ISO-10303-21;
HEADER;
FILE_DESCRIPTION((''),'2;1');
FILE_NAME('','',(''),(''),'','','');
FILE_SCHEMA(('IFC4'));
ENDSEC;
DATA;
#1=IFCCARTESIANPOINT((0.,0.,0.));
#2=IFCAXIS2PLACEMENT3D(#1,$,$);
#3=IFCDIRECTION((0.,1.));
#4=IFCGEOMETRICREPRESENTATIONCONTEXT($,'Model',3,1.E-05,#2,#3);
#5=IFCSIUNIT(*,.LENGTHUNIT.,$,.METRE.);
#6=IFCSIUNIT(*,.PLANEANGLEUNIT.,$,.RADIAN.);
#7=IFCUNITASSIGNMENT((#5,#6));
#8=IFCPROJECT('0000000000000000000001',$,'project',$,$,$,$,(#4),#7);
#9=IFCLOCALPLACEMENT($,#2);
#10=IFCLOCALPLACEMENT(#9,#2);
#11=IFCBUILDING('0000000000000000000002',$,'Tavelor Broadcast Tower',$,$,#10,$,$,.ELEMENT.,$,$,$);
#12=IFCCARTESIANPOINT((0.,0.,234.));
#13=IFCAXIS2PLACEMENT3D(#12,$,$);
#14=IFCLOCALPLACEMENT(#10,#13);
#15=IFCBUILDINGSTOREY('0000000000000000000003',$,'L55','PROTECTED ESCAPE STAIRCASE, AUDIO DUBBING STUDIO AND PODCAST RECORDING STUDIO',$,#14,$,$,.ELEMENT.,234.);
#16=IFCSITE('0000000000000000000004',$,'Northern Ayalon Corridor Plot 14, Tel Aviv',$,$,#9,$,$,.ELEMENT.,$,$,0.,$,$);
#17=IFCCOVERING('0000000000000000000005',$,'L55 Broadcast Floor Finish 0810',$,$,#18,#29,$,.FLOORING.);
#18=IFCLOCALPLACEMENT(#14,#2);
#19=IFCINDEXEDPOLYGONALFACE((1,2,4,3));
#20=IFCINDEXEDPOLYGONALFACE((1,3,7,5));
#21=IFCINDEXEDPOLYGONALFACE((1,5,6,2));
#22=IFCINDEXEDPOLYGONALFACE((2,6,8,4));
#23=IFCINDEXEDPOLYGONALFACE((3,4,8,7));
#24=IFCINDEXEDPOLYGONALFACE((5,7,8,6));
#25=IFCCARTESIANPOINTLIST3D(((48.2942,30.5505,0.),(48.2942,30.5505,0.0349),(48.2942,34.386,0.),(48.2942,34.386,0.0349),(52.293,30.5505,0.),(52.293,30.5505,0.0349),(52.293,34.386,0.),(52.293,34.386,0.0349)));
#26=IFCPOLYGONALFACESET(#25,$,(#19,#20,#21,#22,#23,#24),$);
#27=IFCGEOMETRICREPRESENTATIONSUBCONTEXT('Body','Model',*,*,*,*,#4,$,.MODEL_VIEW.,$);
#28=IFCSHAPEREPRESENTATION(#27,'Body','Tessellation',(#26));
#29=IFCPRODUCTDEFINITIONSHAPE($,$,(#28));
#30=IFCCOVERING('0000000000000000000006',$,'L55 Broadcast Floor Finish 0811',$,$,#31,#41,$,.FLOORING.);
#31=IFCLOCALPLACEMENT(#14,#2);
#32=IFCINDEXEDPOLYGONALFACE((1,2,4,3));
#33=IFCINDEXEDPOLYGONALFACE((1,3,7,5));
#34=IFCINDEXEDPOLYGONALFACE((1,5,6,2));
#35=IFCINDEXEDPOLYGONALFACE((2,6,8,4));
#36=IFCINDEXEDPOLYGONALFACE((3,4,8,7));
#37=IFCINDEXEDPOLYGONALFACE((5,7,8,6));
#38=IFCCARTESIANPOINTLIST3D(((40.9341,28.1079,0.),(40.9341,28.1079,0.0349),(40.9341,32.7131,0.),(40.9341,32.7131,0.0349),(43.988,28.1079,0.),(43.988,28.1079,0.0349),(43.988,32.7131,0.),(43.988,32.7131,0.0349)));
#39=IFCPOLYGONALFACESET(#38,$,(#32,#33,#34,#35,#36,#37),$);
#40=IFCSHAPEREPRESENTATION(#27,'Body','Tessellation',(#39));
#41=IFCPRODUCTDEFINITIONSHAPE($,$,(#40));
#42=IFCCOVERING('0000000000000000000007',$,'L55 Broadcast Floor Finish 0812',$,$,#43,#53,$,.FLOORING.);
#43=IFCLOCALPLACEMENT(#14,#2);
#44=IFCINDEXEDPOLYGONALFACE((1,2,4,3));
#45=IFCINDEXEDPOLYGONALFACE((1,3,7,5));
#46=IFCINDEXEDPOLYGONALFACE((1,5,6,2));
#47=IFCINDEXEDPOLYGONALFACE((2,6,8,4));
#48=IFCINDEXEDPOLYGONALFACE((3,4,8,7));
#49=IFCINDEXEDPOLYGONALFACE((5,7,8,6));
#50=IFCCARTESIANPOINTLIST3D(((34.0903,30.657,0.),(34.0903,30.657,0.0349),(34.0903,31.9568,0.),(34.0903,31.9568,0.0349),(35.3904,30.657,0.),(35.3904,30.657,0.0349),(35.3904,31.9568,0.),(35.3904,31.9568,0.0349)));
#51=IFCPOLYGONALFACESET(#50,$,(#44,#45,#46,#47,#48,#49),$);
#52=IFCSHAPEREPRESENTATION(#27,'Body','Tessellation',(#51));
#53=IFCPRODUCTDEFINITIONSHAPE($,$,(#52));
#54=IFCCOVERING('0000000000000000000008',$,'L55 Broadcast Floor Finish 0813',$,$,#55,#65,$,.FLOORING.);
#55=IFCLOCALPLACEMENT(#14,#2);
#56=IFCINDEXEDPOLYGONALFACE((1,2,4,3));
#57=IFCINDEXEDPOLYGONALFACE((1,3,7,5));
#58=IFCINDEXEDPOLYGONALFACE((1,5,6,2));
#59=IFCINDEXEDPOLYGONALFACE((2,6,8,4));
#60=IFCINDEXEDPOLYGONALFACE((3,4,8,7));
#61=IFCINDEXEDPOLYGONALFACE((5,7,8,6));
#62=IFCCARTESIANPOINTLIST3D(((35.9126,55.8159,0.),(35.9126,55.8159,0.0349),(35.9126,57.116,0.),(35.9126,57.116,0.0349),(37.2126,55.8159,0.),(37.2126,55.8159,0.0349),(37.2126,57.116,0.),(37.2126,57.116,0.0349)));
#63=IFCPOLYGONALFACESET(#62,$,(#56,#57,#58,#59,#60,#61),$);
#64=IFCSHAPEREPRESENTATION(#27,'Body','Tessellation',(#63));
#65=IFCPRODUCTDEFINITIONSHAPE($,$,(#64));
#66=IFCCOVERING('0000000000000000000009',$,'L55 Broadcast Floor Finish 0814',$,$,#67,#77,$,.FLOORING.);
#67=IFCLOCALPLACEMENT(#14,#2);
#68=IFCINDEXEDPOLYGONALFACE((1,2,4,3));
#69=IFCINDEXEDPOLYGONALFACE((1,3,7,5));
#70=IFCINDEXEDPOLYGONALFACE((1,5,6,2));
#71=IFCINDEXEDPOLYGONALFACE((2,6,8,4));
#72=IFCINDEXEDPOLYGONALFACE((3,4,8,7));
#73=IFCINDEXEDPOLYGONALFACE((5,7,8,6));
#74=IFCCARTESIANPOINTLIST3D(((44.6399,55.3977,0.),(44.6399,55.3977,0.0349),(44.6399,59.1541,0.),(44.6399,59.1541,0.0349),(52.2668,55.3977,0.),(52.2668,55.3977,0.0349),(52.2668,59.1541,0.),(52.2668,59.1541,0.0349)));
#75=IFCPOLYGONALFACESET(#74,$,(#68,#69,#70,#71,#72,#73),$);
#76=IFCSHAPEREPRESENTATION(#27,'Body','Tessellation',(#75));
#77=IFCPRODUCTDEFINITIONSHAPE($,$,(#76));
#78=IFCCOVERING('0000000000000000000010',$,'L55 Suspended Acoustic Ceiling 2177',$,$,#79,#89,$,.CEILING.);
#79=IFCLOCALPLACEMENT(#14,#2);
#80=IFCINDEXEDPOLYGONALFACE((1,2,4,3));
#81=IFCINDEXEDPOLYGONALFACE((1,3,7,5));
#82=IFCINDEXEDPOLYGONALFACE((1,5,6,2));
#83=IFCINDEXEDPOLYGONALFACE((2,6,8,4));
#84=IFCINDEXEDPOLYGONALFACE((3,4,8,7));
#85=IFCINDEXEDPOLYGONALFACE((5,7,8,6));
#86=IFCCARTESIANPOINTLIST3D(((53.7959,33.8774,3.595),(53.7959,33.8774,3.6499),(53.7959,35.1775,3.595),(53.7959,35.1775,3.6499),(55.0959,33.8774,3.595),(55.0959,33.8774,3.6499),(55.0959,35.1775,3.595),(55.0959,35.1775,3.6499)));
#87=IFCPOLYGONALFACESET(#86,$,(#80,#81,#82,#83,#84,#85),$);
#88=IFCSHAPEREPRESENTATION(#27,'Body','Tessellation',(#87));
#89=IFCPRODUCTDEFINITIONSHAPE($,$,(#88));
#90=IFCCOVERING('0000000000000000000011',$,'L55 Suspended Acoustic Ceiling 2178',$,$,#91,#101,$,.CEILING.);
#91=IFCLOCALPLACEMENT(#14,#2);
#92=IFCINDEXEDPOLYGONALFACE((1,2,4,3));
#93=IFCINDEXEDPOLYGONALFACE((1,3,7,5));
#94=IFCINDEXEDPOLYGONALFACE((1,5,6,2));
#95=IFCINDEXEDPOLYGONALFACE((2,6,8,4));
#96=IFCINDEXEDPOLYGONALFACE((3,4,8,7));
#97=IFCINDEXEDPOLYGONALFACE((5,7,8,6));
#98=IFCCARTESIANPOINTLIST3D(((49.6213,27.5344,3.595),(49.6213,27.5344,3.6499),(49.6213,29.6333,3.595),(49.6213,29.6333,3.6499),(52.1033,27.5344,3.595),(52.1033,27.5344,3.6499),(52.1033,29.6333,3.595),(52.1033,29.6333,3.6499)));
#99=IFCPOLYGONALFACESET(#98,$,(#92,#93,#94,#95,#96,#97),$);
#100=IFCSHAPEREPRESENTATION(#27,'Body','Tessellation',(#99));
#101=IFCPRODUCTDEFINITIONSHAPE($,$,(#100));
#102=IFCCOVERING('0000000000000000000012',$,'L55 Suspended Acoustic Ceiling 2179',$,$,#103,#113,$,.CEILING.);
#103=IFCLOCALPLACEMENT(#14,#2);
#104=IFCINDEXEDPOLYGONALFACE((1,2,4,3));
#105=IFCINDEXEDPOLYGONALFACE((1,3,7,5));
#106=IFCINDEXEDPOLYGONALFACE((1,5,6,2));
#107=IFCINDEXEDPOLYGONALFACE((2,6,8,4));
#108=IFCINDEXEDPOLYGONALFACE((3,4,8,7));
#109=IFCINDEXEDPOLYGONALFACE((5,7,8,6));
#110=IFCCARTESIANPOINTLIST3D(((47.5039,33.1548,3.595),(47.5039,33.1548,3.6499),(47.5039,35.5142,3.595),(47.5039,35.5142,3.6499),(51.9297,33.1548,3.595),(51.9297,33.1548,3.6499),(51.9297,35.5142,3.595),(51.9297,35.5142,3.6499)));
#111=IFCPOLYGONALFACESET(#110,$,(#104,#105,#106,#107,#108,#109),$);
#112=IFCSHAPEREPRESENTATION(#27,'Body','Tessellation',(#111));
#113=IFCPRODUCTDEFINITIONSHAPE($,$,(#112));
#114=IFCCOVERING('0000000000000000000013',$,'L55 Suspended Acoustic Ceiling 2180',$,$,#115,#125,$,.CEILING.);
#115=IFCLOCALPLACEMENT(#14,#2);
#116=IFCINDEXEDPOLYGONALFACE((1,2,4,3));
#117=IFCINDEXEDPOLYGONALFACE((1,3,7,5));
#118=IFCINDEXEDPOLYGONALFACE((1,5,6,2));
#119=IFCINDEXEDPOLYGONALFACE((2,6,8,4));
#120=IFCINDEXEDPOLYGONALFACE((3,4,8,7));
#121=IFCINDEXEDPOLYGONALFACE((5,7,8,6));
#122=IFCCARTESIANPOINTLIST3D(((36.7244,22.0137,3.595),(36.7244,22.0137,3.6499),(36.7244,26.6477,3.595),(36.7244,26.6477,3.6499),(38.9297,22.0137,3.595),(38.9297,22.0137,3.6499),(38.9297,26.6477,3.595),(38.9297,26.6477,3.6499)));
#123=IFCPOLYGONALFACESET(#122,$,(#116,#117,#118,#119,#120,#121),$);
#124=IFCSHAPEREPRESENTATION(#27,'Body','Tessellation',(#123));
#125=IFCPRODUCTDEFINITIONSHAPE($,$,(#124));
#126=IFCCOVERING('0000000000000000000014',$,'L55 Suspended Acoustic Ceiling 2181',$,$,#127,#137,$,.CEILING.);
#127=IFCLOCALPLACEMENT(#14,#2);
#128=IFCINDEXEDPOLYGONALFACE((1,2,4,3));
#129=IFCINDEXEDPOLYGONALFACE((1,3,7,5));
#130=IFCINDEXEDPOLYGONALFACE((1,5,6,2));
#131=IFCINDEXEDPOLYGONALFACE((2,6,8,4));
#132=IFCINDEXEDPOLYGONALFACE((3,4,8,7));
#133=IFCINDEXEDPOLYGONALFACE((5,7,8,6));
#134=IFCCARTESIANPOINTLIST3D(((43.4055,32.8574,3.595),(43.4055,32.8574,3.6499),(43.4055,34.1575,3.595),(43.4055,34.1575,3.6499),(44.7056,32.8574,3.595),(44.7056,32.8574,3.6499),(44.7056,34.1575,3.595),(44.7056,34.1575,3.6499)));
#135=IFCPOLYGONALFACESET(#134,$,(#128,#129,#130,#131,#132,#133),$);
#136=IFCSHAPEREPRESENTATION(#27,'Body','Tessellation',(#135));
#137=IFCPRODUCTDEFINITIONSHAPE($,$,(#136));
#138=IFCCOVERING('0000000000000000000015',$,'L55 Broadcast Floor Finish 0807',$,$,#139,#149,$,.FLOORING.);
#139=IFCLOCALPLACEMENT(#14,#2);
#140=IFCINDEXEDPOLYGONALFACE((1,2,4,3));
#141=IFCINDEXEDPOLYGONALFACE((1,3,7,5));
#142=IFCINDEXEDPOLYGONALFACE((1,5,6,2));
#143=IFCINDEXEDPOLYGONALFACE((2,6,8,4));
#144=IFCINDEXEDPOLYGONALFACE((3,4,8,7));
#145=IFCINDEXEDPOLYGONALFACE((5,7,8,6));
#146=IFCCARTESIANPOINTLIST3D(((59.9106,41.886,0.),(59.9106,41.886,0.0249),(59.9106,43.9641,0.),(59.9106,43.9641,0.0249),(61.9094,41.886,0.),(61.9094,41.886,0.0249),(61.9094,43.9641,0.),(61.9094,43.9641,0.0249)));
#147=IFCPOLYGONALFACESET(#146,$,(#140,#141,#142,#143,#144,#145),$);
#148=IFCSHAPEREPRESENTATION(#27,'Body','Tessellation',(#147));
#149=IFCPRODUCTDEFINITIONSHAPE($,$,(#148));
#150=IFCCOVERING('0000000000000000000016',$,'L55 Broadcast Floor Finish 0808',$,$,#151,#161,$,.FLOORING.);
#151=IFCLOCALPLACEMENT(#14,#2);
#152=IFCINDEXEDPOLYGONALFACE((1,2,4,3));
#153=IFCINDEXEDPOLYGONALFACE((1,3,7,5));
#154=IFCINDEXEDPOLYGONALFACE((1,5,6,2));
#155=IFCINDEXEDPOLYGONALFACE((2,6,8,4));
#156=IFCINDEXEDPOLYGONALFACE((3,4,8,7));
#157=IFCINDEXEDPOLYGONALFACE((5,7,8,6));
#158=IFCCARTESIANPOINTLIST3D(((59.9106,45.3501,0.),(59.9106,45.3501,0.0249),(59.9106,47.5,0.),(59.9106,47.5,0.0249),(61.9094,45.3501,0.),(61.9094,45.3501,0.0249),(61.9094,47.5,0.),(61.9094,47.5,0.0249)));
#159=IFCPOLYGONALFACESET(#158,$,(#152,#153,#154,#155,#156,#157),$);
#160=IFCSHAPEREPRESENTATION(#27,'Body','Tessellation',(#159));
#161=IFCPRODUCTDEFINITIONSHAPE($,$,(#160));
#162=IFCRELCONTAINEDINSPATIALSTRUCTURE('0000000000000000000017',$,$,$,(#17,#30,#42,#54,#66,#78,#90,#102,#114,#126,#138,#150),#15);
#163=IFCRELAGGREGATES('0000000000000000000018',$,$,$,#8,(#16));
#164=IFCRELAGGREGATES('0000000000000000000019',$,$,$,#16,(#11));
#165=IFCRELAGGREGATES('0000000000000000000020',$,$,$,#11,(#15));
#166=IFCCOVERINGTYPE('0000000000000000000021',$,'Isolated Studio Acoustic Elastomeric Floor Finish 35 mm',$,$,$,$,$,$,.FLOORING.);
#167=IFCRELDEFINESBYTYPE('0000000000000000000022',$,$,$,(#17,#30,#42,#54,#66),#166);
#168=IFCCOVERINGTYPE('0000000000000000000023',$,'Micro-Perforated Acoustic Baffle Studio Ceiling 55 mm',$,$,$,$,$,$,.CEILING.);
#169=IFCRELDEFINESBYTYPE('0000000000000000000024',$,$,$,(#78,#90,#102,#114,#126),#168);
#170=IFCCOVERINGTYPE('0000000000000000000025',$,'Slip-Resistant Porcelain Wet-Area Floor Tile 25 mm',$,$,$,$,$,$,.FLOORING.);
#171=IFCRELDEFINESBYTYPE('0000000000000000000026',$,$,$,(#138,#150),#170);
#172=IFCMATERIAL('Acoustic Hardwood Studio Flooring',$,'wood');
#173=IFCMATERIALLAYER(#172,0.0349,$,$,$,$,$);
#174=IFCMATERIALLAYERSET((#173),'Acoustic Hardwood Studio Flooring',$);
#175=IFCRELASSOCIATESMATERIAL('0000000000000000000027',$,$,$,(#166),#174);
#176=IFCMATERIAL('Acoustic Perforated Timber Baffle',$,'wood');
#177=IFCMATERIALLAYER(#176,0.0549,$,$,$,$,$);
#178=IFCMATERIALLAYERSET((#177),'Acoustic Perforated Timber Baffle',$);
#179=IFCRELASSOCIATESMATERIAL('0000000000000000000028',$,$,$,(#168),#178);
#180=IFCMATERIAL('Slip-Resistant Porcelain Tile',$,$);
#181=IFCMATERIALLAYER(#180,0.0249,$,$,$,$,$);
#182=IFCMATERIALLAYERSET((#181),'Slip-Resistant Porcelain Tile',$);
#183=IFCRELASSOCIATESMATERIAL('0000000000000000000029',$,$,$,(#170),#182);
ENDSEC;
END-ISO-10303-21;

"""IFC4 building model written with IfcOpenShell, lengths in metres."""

from ifc_helpers import new_model, si_unit, direction, frame, origin, place, context, subcontext, project, spatial, polyline, outline, extrude, material, layer, layer_set, type_object, element, save


model = new_model("IFC4")

# Units and contexts
model_context = context("Model", 3, precision=1e-05, world=origin(), true_north=direction((0.0, 1.0)))
body_context = subcontext(model_context, "Body", "Model", "MODEL_VIEW")
ifc_project = project(units=[si_unit("LENGTHUNIT", "METRE"), si_unit("PLANEANGLEUNIT", "RADIAN")], contexts=[model_context])

# Site, building, storey
site_placement = place(None, origin())
site = spatial("IfcSite", under=ifc_project, at=site_placement, Name="Northern Ayalon Corridor Plot 14, Tel Aviv", CompositionType="ELEMENT", RefElevation=0.0)
building_placement = place(site_placement, origin())
building = spatial("IfcBuilding", under=site, at=building_placement, Name="Tavelor Broadcast Tower", CompositionType="ELEMENT")
storey_placement = place(building_placement, frame((0.0, 0.0, 234.0)))
storey = spatial("IfcBuildingStorey", under=building, at=storey_placement, Name="L55", Description="PROTECTED ESCAPE STAIRCASE, AUDIO DUBBING STUDIO AND PODCAST RECORDING STUDIO", CompositionType="ELEMENT", Elevation=234.0)

# Coverings
ifc_material_1 = material(Name="Acoustic Hardwood Studio Flooring", Category="wood")
ifc_layer_1 = layer(ifc_material_1, 0.0349)
ifc_layer_set_1 = layer_set([ifc_layer_1], Name="Acoustic Hardwood Studio Flooring")
covering_type_1 = type_object("IfcCoveringType", Name="Isolated Studio Acoustic Elastomeric Floor Finish 35 mm", PredefinedType="FLOORING", material=ifc_layer_set_1)
covering_1_placement = place(storey_placement, origin())
element("IfcCovering", 1, at=covering_1_placement, inside=storey, type_object=covering_type_1, Name="L55 Broadcast Floor Finish 0810", PredefinedType="FLOORING", context=body_context, shape_type="SweptSolid", body=[
    extrude(outline(polyline([(48.2942, 30.5505), (52.293, 30.5505), (52.293, 34.386), (48.2942, 34.386), (48.2942, 30.5505)])), origin(), (0.0, 0.0, 1.0), 0.0349),
])
covering_2_placement = place(storey_placement, origin())
element("IfcCovering", 2, at=covering_2_placement, inside=storey, type_object=covering_type_1, Name="L55 Broadcast Floor Finish 0811", PredefinedType="FLOORING", context=body_context, shape_type="SweptSolid", body=[
    extrude(outline(polyline([(40.9341, 28.1079), (43.988, 28.1079), (43.988, 32.7131), (40.9341, 32.7131), (40.9341, 28.1079)])), origin(), (0.0, 0.0, 1.0), 0.0349),
])
covering_3_placement = place(storey_placement, origin())
element("IfcCovering", 3, at=covering_3_placement, inside=storey, type_object=covering_type_1, Name="L55 Broadcast Floor Finish 0812", PredefinedType="FLOORING", context=body_context, shape_type="SweptSolid", body=[
    extrude(outline(polyline([(34.0903, 30.657), (35.3904, 30.657), (35.3904, 31.9568), (34.0903, 31.9568), (34.0903, 30.657)])), origin(), (0.0, 0.0, 1.0), 0.0349),
])
covering_4_placement = place(storey_placement, origin())
element("IfcCovering", 4, at=covering_4_placement, inside=storey, type_object=covering_type_1, Name="L55 Broadcast Floor Finish 0813", PredefinedType="FLOORING", context=body_context, shape_type="SweptSolid", body=[
    extrude(outline(polyline([(35.9126, 55.8159), (37.2126, 55.8159), (37.2126, 57.116), (35.9126, 57.116), (35.9126, 55.8159)])), origin(), (0.0, 0.0, 1.0), 0.0349),
])
covering_5_placement = place(storey_placement, origin())
element("IfcCovering", 5, at=covering_5_placement, inside=storey, type_object=covering_type_1, Name="L55 Broadcast Floor Finish 0814", PredefinedType="FLOORING", context=body_context, shape_type="SweptSolid", body=[
    extrude(outline(polyline([(44.6399, 55.3977), (52.2668, 55.3977), (52.2668, 59.1541), (44.6399, 59.1541), (44.6399, 55.3977)])), origin(), (0.0, 0.0, 1.0), 0.0349),
])
ifc_material_2 = material(Name="Acoustic Perforated Timber Baffle", Category="wood")
ifc_layer_2 = layer(ifc_material_2, 0.0549)
ifc_layer_set_2 = layer_set([ifc_layer_2], Name="Acoustic Perforated Timber Baffle")
covering_type_2 = type_object("IfcCoveringType", Name="Micro-Perforated Acoustic Baffle Studio Ceiling 55 mm", PredefinedType="CEILING", material=ifc_layer_set_2)
covering_6_placement = place(storey_placement, frame((0.0, 0.0, 3.595)))
element("IfcCovering", 6, at=covering_6_placement, inside=storey, type_object=covering_type_2, Name="L55 Suspended Acoustic Ceiling 2177", PredefinedType="CEILING", context=body_context, shape_type="SweptSolid", body=[
    extrude(outline(polyline([(53.7959, 33.8774), (55.0959, 33.8774), (55.0959, 35.1775), (53.7959, 35.1775), (53.7959, 33.8774)])), origin(), (0.0, 0.0, 1.0), 0.0549),
])
covering_7_placement = place(storey_placement, frame((0.0, 0.0, 3.595)))
element("IfcCovering", 7, at=covering_7_placement, inside=storey, type_object=covering_type_2, Name="L55 Suspended Acoustic Ceiling 2178", PredefinedType="CEILING", context=body_context, shape_type="SweptSolid", body=[
    extrude(outline(polyline([(49.6213, 27.5344), (52.1033, 27.5344), (52.1033, 29.6333), (49.6213, 29.6333), (49.6213, 27.5344)])), origin(), (0.0, 0.0, 1.0), 0.0549),
])
covering_8_placement = place(storey_placement, frame((0.0, 0.0, 3.595)))
element("IfcCovering", 8, at=covering_8_placement, inside=storey, type_object=covering_type_2, Name="L55 Suspended Acoustic Ceiling 2179", PredefinedType="CEILING", context=body_context, shape_type="SweptSolid", body=[
    extrude(outline(polyline([(47.5039, 33.1548), (51.9297, 33.1548), (51.9297, 35.5142), (47.5039, 35.5142), (47.5039, 33.1548)])), origin(), (0.0, 0.0, 1.0), 0.0549),
])
covering_9_placement = place(storey_placement, frame((0.0, 0.0, 3.595)))
element("IfcCovering", 9, at=covering_9_placement, inside=storey, type_object=covering_type_2, Name="L55 Suspended Acoustic Ceiling 2180", PredefinedType="CEILING", context=body_context, shape_type="SweptSolid", body=[
    extrude(outline(polyline([(36.7244, 22.0137), (38.9297, 22.0137), (38.9297, 26.6477), (36.7244, 26.6477), (36.7244, 22.0137)])), origin(), (0.0, 0.0, 1.0), 0.0549),
])
covering_10_placement = place(storey_placement, frame((0.0, 0.0, 3.595)))
element("IfcCovering", 10, at=covering_10_placement, inside=storey, type_object=covering_type_2, Name="L55 Suspended Acoustic Ceiling 2181", PredefinedType="CEILING", context=body_context, shape_type="SweptSolid", body=[
    extrude(outline(polyline([(43.4055, 32.8574), (44.7056, 32.8574), (44.7056, 34.1575), (43.4055, 34.1575), (43.4055, 32.8574)])), origin(), (0.0, 0.0, 1.0), 0.0549),
])
ifc_material_3 = material(Name="Slip-Resistant Porcelain Tile")
ifc_layer_3 = layer(ifc_material_3, 0.0249)
ifc_layer_set_3 = layer_set([ifc_layer_3], Name="Slip-Resistant Porcelain Tile")
covering_type_3 = type_object("IfcCoveringType", Name="Slip-Resistant Porcelain Wet-Area Floor Tile 25 mm", PredefinedType="FLOORING", material=ifc_layer_set_3)
covering_11_placement = place(storey_placement, origin())
element("IfcCovering", 11, at=covering_11_placement, inside=storey, type_object=covering_type_3, Name="L55 Broadcast Floor Finish 0807", PredefinedType="FLOORING", context=body_context, shape_type="SweptSolid", body=[
    extrude(outline(polyline([(59.9106, 41.886), (61.9094, 41.886), (61.9094, 43.9641), (59.9106, 43.9641), (59.9106, 41.886)])), origin(), (0.0, 0.0, 1.0), 0.0249),
])
covering_12_placement = place(storey_placement, origin())
element("IfcCovering", 12, at=covering_12_placement, inside=storey, type_object=covering_type_3, Name="L55 Broadcast Floor Finish 0808", PredefinedType="FLOORING", context=body_context, shape_type="SweptSolid", body=[
    extrude(outline(polyline([(59.9106, 45.3501), (61.9094, 45.3501), (61.9094, 47.5), (59.9106, 47.5), (59.9106, 45.3501)])), origin(), (0.0, 0.0, 1.0), 0.0249),
])

save(model, "model.ifc")
